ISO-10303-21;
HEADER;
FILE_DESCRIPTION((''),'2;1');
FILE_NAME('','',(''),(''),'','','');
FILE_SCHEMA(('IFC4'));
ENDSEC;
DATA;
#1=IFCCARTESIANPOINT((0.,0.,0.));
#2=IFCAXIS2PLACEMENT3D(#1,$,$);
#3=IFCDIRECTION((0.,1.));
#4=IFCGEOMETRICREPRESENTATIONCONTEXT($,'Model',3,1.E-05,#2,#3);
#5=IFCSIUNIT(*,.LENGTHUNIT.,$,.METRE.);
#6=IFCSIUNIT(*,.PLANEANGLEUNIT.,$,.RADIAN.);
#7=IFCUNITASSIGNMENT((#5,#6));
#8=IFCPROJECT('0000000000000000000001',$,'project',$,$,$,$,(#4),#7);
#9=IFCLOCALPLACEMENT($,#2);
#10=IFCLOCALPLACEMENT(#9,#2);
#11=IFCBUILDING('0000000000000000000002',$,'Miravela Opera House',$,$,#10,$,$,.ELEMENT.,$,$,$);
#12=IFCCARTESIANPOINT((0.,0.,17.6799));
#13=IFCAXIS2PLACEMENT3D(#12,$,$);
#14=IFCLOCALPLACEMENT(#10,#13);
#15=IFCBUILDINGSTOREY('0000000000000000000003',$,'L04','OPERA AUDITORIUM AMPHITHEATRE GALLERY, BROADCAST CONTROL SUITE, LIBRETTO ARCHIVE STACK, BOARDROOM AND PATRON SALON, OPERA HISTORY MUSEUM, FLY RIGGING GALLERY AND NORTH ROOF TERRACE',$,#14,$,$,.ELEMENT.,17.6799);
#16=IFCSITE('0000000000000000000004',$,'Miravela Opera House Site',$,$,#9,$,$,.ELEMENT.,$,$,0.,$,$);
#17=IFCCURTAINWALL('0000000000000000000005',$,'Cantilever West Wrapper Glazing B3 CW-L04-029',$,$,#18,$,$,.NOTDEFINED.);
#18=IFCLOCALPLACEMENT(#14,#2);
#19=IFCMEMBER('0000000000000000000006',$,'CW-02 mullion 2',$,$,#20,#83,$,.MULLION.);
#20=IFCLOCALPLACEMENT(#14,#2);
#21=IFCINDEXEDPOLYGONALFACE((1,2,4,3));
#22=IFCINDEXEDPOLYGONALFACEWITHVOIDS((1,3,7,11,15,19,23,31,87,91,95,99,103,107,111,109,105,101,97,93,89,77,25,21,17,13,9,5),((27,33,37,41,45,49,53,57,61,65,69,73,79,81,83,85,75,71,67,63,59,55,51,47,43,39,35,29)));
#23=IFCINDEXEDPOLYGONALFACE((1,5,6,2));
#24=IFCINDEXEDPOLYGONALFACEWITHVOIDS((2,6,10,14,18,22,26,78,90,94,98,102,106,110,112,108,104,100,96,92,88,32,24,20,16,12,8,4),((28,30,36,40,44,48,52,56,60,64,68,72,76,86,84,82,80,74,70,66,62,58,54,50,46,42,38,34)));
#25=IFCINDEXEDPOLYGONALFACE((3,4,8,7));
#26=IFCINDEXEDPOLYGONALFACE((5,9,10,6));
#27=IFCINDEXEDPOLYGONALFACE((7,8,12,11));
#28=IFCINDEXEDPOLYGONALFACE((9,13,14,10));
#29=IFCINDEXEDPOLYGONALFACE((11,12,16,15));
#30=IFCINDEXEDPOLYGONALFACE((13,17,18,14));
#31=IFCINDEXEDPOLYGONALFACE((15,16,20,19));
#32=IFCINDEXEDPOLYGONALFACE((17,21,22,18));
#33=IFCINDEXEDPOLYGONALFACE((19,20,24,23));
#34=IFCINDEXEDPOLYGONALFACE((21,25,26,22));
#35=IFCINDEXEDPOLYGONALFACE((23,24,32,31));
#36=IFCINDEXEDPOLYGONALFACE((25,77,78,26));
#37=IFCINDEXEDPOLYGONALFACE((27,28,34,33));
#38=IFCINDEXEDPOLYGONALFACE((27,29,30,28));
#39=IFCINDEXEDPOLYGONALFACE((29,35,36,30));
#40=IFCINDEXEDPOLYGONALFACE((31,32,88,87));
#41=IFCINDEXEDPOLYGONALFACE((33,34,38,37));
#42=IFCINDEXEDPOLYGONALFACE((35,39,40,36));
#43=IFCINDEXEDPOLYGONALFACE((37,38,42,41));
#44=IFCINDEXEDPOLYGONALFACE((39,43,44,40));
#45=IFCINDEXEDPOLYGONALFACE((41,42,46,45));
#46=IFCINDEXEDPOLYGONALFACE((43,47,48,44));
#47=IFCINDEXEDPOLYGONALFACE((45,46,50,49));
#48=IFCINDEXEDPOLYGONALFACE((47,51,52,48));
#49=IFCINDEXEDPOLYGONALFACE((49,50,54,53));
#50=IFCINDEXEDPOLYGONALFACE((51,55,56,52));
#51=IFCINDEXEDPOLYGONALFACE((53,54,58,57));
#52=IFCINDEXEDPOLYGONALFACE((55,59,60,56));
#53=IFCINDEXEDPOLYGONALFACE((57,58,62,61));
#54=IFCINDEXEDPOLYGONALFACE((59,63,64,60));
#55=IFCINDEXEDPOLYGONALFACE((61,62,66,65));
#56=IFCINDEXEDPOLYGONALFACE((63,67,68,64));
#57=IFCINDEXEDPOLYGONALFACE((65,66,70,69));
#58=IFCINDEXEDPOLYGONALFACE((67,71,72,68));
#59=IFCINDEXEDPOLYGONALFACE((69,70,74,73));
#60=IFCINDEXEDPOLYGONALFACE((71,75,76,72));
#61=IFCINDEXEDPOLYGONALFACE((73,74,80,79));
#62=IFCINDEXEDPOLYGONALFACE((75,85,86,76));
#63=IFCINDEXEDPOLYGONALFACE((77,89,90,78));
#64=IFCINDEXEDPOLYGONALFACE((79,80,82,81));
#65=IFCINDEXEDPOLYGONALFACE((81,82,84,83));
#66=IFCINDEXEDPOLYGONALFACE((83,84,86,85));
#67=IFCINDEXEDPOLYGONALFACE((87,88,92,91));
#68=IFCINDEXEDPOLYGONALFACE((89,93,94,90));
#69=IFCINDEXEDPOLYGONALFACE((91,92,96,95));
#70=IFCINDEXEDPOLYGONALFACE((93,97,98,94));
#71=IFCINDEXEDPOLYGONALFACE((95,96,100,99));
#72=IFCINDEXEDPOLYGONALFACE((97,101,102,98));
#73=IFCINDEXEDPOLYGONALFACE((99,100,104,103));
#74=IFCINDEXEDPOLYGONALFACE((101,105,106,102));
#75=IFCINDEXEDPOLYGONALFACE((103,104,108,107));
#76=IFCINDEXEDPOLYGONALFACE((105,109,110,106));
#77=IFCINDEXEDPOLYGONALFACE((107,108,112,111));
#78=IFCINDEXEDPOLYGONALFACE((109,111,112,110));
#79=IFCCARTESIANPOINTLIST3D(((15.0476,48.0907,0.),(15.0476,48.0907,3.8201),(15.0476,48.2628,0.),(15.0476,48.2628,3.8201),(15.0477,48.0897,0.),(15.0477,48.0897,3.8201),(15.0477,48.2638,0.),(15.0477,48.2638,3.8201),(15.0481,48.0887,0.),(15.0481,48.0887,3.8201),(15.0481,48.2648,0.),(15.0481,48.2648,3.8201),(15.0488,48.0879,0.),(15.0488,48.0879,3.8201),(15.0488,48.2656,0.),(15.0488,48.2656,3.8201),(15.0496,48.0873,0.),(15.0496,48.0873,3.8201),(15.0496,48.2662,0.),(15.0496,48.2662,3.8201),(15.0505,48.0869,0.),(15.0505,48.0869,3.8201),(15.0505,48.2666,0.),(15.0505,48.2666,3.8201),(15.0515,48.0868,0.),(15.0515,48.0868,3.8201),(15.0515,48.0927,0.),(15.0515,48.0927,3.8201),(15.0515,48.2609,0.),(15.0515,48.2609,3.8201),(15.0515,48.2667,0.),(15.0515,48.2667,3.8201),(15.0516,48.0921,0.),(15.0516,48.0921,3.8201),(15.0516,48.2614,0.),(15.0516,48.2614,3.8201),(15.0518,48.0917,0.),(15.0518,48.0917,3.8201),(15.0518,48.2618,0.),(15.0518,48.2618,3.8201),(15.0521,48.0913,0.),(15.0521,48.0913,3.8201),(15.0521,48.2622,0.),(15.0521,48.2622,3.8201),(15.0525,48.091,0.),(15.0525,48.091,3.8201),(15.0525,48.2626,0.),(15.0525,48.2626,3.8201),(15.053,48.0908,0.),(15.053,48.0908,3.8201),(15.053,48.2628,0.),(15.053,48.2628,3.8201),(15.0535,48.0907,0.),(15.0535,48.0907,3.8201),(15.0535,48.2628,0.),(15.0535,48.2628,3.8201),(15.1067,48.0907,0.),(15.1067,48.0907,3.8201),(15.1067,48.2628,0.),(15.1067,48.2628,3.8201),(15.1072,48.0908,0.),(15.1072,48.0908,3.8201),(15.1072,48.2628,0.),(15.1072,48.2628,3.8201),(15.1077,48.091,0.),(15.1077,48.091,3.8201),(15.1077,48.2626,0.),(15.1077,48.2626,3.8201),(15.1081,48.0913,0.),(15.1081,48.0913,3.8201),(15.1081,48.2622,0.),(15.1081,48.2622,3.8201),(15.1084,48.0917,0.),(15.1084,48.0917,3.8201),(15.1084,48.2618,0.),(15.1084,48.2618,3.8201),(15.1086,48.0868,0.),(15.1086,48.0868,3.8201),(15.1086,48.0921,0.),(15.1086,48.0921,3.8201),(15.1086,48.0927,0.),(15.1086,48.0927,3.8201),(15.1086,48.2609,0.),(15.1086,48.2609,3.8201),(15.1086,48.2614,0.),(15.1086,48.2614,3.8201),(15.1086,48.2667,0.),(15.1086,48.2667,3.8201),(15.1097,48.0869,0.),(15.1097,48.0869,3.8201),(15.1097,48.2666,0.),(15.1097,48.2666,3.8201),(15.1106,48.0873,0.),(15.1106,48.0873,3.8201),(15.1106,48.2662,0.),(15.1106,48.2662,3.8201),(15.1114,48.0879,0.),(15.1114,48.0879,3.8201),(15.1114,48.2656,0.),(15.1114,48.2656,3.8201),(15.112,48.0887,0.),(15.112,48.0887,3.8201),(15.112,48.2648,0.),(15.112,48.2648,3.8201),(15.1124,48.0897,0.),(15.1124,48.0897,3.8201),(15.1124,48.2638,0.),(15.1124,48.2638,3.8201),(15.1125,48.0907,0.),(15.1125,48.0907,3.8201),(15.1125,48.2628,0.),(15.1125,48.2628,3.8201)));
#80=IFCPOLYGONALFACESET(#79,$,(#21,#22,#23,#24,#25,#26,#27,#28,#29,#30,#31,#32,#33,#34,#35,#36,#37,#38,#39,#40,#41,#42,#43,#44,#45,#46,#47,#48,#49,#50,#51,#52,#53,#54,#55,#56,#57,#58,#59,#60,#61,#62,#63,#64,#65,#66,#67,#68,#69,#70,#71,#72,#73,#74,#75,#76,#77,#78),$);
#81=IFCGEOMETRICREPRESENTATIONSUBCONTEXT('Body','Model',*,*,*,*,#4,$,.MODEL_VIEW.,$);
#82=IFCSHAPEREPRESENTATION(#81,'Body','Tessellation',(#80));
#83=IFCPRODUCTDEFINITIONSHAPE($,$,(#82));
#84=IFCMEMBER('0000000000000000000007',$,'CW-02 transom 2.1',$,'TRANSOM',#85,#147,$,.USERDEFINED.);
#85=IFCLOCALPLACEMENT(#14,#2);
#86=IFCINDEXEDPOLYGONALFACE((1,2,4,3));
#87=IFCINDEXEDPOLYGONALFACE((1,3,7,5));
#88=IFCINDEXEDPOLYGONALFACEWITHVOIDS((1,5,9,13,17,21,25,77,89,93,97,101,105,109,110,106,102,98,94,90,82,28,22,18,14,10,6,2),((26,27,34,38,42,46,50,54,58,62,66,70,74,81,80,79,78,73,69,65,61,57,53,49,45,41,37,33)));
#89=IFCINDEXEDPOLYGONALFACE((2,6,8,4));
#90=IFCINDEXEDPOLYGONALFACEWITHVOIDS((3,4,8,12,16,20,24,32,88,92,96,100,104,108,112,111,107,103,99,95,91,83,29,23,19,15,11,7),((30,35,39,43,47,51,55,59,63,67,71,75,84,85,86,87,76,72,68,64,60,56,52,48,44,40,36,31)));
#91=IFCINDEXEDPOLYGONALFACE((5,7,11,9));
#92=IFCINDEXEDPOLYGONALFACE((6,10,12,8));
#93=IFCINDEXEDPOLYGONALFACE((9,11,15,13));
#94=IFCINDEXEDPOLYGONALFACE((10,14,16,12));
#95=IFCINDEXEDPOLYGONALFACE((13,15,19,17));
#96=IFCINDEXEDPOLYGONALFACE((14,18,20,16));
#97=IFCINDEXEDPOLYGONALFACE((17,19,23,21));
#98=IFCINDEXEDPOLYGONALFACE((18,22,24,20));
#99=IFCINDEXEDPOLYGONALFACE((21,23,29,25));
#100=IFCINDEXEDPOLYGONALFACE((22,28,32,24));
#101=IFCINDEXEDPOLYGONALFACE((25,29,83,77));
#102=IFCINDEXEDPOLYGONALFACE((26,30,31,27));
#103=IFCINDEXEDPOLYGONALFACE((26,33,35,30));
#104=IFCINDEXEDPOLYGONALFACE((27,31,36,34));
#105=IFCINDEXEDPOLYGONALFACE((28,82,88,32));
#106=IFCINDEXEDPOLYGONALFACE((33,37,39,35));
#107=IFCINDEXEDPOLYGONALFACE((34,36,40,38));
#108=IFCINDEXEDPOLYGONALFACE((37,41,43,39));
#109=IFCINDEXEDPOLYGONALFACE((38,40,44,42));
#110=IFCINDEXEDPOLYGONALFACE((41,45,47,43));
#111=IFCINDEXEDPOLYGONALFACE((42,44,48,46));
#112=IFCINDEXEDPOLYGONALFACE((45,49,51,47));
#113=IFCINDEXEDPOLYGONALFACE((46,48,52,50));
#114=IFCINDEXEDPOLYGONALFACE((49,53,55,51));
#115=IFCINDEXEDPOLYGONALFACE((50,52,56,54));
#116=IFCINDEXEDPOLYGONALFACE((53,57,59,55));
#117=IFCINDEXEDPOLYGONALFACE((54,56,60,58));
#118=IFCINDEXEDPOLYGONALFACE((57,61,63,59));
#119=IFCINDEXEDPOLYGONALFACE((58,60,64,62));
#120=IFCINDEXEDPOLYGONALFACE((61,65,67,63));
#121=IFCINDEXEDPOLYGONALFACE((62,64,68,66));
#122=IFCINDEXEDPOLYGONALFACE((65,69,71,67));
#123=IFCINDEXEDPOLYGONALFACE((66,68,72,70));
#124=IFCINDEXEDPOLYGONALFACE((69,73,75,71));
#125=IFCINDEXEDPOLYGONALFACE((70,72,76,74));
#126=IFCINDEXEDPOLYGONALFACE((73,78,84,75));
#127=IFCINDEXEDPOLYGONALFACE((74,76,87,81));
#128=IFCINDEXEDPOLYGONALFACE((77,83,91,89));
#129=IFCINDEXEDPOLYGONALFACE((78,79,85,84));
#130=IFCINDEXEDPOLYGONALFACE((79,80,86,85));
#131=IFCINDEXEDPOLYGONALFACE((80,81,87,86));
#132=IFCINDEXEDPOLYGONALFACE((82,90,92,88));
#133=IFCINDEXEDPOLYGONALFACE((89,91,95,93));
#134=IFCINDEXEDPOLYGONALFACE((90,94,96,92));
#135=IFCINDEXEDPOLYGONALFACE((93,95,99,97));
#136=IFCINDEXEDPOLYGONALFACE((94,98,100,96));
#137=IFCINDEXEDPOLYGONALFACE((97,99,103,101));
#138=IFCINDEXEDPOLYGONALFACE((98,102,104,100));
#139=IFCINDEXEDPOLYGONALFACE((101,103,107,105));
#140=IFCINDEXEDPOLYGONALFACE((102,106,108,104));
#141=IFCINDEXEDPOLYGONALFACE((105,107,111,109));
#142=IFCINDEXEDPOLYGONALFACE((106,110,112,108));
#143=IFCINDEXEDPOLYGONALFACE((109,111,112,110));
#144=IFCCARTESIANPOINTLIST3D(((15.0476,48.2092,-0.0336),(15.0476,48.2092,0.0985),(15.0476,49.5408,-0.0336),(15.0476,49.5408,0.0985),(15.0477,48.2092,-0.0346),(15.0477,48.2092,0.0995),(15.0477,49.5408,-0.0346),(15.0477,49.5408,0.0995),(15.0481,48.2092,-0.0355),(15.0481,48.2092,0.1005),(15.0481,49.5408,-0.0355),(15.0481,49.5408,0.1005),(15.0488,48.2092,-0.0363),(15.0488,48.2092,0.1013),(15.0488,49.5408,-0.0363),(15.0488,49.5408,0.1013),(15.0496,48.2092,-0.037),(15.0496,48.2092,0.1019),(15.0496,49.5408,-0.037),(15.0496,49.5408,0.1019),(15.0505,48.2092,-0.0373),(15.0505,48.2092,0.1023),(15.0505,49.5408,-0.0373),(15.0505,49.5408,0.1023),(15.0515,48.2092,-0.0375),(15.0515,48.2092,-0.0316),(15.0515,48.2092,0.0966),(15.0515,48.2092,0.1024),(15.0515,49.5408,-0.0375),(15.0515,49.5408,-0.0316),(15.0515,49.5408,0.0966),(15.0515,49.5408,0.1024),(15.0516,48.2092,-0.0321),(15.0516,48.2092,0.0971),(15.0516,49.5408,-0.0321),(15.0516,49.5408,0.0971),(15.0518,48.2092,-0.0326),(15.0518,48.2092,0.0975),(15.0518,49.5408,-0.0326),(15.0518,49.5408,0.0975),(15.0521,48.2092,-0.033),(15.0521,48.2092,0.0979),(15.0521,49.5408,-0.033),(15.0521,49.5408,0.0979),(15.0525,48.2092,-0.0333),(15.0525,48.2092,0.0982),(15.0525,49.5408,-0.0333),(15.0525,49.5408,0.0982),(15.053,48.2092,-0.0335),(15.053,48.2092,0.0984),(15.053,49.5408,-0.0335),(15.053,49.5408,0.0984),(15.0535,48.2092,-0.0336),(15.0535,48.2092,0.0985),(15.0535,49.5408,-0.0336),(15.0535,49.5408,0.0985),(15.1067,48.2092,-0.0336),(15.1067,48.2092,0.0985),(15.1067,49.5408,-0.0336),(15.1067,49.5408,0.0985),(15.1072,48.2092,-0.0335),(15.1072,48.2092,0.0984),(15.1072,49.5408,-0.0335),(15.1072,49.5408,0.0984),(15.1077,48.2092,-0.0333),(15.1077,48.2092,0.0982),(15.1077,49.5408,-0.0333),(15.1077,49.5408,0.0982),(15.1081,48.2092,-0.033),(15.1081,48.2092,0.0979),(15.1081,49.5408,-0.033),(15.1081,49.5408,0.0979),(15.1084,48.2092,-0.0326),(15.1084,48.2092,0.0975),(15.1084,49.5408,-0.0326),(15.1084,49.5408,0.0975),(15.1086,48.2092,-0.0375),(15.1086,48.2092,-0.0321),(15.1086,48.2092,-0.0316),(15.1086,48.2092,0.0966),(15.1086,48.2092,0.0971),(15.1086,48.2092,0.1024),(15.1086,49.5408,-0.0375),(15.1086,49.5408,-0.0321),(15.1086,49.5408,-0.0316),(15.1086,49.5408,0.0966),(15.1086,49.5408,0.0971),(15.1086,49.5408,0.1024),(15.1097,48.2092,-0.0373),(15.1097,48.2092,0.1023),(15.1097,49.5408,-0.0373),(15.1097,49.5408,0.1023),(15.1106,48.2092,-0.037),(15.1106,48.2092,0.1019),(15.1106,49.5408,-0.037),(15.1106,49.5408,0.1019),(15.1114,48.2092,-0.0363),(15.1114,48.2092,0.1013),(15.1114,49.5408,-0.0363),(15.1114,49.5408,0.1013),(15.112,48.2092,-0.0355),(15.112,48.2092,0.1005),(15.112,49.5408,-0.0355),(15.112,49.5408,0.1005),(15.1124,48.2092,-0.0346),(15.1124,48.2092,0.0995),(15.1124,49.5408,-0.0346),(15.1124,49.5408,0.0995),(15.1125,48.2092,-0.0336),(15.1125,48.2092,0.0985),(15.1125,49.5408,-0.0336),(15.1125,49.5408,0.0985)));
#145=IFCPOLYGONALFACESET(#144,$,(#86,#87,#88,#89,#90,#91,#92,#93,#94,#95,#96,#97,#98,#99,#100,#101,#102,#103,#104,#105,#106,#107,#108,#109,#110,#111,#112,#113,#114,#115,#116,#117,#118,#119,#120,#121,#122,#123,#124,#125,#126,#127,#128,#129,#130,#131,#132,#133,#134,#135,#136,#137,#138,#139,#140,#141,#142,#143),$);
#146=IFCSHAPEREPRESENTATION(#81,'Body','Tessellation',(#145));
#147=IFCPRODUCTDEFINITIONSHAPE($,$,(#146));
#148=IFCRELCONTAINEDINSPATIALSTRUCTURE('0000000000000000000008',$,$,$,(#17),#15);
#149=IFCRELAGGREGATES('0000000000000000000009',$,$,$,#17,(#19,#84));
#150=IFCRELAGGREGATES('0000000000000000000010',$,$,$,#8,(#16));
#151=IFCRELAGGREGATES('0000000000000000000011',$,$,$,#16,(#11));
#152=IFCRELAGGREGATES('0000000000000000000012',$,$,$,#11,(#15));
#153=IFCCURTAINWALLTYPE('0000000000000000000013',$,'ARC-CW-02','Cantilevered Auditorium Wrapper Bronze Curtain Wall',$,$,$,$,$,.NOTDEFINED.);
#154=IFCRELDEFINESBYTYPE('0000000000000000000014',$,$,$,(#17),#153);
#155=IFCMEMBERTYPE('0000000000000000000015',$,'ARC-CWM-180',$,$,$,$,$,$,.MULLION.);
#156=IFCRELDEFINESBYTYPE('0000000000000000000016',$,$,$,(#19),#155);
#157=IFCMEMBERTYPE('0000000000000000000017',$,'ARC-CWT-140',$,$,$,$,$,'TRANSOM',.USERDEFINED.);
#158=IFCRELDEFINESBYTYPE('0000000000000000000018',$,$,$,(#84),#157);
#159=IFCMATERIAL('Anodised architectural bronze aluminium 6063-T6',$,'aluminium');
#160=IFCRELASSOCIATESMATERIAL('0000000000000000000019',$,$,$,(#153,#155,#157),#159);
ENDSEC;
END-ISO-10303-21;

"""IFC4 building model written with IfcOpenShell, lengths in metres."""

from ifc_helpers import new_model, si_unit, direction, frame, origin, origin_2d, place, context, subcontext, project, spatial, hollow_rectangle, extrude, material, material_profile, profile_set, type_object, element, aggregate, save


model = new_model("IFC4")

# Units and contexts
model_context = context("Model", 3, precision=1e-05, world=origin(), true_north=direction((0.0, 1.0)))
body_context = subcontext(model_context, "Body", "Model", "MODEL_VIEW")
ifc_project = project(units=[si_unit("LENGTHUNIT", "METRE"), si_unit("PLANEANGLEUNIT", "RADIAN")], contexts=[model_context])

# Site, building, storey
site_placement = place(None, origin())
site = spatial("IfcSite", under=ifc_project, at=site_placement, Name="Miravela Opera House Site", CompositionType="ELEMENT", RefElevation=0.0)
building_placement = place(site_placement, origin())
building = spatial("IfcBuilding", under=site, at=building_placement, Name="Miravela Opera House", CompositionType="ELEMENT")
storey_placement = place(building_placement, frame((0.0, 0.0, 17.6799)))
storey = spatial("IfcBuildingStorey", under=building, at=storey_placement, Name="L04", Description="OPERA AUDITORIUM AMPHITHEATRE GALLERY, BROADCAST CONTROL SUITE, LIBRETTO ARCHIVE STACK, BOARDROOM AND PATRON SALON, OPERA HISTORY MUSEUM, FLY RIGGING GALLERY AND NORTH ROOF TERRACE", CompositionType="ELEMENT", Elevation=17.6799)

# Curtain wall, members
ifc_material_1 = material(Name="Anodised architectural bronze aluminium 6063-T6", Category="aluminium")
curtain_wall_type = type_object("IfcCurtainWallType", Name="ARC-CW-02", Description="Cantilevered Auditorium Wrapper Bronze Curtain Wall", PredefinedType="NOTDEFINED", material=ifc_material_1)
curtain_wall_placement = place(storey_placement, origin())
curtain_wall = element("IfcCurtainWall", 1, at=curtain_wall_placement, inside=storey, type_object=curtain_wall_type, Name="Cantilever West Wrapper Glazing B3 CW-L04-029", PredefinedType="NOTDEFINED")
ifc_material_profile_1 = material_profile(ifc_material_1, hollow_rectangle(XDim=0.0649, YDim=0.1799, WallThickness=0.0039, InnerFilletRadius=0.002, OuterFilletRadius=0.0039, at=origin_2d()), Name="CWM-65X180")
ifc_profile_set_1 = profile_set([ifc_material_profile_1])
member_type_1 = type_object("IfcMemberType", Name="ARC-CWM-180", PredefinedType="MULLION", material=ifc_profile_set_1)
member_1_placement = place(storey_placement, frame((15.0801, 48.1768, 0.0), z_axis=(0.0, 0.0, 1.0), x_axis=(-1.0, 0.0, 0.0)))
member_1 = element("IfcMember", 2, at=member_1_placement, type_object=member_type_1, Name="CW-02 mullion 2", PredefinedType="MULLION", context=body_context, shape_type="SweptSolid", body=[
    extrude(hollow_rectangle(XDim=0.0649, YDim=0.1799, WallThickness=0.0039, InnerFilletRadius=0.002, OuterFilletRadius=0.0039, at=origin_2d()), origin(), (0.0, 0.0, 1.0), 3.8201),
])
ifc_material_profile_2 = material_profile(ifc_material_1, hollow_rectangle(XDim=0.0649, YDim=0.1399, WallThickness=0.0039, InnerFilletRadius=0.002, OuterFilletRadius=0.0039, at=origin_2d()), Name="CWT-65X140")
ifc_profile_set_2 = profile_set([ifc_material_profile_2])
member_type_2 = type_object("IfcMemberType", Name="ARC-CWT-140", ElementType="TRANSOM", PredefinedType="USERDEFINED", material=ifc_profile_set_2)
member_2_placement = place(storey_placement, frame((15.0801, 48.2092, 0.0325), z_axis=(0.0, 1.0, 0.0), x_axis=(-1.0, 0.0, 0.0)))
member_2 = element("IfcMember", 3, at=member_2_placement, type_object=member_type_2, Name="CW-02 transom 2.1", ObjectType="TRANSOM", PredefinedType="USERDEFINED", context=body_context, shape_type="SweptSolid", body=[
    extrude(hollow_rectangle(XDim=0.0649, YDim=0.1399, WallThickness=0.0039, InnerFilletRadius=0.002, OuterFilletRadius=0.0039, at=origin_2d()), origin(), (0.0, 0.0, 1.0), 1.3315),
])

aggregate(curtain_wall, [member_1, member_2])

save(model, "model.ifc")
